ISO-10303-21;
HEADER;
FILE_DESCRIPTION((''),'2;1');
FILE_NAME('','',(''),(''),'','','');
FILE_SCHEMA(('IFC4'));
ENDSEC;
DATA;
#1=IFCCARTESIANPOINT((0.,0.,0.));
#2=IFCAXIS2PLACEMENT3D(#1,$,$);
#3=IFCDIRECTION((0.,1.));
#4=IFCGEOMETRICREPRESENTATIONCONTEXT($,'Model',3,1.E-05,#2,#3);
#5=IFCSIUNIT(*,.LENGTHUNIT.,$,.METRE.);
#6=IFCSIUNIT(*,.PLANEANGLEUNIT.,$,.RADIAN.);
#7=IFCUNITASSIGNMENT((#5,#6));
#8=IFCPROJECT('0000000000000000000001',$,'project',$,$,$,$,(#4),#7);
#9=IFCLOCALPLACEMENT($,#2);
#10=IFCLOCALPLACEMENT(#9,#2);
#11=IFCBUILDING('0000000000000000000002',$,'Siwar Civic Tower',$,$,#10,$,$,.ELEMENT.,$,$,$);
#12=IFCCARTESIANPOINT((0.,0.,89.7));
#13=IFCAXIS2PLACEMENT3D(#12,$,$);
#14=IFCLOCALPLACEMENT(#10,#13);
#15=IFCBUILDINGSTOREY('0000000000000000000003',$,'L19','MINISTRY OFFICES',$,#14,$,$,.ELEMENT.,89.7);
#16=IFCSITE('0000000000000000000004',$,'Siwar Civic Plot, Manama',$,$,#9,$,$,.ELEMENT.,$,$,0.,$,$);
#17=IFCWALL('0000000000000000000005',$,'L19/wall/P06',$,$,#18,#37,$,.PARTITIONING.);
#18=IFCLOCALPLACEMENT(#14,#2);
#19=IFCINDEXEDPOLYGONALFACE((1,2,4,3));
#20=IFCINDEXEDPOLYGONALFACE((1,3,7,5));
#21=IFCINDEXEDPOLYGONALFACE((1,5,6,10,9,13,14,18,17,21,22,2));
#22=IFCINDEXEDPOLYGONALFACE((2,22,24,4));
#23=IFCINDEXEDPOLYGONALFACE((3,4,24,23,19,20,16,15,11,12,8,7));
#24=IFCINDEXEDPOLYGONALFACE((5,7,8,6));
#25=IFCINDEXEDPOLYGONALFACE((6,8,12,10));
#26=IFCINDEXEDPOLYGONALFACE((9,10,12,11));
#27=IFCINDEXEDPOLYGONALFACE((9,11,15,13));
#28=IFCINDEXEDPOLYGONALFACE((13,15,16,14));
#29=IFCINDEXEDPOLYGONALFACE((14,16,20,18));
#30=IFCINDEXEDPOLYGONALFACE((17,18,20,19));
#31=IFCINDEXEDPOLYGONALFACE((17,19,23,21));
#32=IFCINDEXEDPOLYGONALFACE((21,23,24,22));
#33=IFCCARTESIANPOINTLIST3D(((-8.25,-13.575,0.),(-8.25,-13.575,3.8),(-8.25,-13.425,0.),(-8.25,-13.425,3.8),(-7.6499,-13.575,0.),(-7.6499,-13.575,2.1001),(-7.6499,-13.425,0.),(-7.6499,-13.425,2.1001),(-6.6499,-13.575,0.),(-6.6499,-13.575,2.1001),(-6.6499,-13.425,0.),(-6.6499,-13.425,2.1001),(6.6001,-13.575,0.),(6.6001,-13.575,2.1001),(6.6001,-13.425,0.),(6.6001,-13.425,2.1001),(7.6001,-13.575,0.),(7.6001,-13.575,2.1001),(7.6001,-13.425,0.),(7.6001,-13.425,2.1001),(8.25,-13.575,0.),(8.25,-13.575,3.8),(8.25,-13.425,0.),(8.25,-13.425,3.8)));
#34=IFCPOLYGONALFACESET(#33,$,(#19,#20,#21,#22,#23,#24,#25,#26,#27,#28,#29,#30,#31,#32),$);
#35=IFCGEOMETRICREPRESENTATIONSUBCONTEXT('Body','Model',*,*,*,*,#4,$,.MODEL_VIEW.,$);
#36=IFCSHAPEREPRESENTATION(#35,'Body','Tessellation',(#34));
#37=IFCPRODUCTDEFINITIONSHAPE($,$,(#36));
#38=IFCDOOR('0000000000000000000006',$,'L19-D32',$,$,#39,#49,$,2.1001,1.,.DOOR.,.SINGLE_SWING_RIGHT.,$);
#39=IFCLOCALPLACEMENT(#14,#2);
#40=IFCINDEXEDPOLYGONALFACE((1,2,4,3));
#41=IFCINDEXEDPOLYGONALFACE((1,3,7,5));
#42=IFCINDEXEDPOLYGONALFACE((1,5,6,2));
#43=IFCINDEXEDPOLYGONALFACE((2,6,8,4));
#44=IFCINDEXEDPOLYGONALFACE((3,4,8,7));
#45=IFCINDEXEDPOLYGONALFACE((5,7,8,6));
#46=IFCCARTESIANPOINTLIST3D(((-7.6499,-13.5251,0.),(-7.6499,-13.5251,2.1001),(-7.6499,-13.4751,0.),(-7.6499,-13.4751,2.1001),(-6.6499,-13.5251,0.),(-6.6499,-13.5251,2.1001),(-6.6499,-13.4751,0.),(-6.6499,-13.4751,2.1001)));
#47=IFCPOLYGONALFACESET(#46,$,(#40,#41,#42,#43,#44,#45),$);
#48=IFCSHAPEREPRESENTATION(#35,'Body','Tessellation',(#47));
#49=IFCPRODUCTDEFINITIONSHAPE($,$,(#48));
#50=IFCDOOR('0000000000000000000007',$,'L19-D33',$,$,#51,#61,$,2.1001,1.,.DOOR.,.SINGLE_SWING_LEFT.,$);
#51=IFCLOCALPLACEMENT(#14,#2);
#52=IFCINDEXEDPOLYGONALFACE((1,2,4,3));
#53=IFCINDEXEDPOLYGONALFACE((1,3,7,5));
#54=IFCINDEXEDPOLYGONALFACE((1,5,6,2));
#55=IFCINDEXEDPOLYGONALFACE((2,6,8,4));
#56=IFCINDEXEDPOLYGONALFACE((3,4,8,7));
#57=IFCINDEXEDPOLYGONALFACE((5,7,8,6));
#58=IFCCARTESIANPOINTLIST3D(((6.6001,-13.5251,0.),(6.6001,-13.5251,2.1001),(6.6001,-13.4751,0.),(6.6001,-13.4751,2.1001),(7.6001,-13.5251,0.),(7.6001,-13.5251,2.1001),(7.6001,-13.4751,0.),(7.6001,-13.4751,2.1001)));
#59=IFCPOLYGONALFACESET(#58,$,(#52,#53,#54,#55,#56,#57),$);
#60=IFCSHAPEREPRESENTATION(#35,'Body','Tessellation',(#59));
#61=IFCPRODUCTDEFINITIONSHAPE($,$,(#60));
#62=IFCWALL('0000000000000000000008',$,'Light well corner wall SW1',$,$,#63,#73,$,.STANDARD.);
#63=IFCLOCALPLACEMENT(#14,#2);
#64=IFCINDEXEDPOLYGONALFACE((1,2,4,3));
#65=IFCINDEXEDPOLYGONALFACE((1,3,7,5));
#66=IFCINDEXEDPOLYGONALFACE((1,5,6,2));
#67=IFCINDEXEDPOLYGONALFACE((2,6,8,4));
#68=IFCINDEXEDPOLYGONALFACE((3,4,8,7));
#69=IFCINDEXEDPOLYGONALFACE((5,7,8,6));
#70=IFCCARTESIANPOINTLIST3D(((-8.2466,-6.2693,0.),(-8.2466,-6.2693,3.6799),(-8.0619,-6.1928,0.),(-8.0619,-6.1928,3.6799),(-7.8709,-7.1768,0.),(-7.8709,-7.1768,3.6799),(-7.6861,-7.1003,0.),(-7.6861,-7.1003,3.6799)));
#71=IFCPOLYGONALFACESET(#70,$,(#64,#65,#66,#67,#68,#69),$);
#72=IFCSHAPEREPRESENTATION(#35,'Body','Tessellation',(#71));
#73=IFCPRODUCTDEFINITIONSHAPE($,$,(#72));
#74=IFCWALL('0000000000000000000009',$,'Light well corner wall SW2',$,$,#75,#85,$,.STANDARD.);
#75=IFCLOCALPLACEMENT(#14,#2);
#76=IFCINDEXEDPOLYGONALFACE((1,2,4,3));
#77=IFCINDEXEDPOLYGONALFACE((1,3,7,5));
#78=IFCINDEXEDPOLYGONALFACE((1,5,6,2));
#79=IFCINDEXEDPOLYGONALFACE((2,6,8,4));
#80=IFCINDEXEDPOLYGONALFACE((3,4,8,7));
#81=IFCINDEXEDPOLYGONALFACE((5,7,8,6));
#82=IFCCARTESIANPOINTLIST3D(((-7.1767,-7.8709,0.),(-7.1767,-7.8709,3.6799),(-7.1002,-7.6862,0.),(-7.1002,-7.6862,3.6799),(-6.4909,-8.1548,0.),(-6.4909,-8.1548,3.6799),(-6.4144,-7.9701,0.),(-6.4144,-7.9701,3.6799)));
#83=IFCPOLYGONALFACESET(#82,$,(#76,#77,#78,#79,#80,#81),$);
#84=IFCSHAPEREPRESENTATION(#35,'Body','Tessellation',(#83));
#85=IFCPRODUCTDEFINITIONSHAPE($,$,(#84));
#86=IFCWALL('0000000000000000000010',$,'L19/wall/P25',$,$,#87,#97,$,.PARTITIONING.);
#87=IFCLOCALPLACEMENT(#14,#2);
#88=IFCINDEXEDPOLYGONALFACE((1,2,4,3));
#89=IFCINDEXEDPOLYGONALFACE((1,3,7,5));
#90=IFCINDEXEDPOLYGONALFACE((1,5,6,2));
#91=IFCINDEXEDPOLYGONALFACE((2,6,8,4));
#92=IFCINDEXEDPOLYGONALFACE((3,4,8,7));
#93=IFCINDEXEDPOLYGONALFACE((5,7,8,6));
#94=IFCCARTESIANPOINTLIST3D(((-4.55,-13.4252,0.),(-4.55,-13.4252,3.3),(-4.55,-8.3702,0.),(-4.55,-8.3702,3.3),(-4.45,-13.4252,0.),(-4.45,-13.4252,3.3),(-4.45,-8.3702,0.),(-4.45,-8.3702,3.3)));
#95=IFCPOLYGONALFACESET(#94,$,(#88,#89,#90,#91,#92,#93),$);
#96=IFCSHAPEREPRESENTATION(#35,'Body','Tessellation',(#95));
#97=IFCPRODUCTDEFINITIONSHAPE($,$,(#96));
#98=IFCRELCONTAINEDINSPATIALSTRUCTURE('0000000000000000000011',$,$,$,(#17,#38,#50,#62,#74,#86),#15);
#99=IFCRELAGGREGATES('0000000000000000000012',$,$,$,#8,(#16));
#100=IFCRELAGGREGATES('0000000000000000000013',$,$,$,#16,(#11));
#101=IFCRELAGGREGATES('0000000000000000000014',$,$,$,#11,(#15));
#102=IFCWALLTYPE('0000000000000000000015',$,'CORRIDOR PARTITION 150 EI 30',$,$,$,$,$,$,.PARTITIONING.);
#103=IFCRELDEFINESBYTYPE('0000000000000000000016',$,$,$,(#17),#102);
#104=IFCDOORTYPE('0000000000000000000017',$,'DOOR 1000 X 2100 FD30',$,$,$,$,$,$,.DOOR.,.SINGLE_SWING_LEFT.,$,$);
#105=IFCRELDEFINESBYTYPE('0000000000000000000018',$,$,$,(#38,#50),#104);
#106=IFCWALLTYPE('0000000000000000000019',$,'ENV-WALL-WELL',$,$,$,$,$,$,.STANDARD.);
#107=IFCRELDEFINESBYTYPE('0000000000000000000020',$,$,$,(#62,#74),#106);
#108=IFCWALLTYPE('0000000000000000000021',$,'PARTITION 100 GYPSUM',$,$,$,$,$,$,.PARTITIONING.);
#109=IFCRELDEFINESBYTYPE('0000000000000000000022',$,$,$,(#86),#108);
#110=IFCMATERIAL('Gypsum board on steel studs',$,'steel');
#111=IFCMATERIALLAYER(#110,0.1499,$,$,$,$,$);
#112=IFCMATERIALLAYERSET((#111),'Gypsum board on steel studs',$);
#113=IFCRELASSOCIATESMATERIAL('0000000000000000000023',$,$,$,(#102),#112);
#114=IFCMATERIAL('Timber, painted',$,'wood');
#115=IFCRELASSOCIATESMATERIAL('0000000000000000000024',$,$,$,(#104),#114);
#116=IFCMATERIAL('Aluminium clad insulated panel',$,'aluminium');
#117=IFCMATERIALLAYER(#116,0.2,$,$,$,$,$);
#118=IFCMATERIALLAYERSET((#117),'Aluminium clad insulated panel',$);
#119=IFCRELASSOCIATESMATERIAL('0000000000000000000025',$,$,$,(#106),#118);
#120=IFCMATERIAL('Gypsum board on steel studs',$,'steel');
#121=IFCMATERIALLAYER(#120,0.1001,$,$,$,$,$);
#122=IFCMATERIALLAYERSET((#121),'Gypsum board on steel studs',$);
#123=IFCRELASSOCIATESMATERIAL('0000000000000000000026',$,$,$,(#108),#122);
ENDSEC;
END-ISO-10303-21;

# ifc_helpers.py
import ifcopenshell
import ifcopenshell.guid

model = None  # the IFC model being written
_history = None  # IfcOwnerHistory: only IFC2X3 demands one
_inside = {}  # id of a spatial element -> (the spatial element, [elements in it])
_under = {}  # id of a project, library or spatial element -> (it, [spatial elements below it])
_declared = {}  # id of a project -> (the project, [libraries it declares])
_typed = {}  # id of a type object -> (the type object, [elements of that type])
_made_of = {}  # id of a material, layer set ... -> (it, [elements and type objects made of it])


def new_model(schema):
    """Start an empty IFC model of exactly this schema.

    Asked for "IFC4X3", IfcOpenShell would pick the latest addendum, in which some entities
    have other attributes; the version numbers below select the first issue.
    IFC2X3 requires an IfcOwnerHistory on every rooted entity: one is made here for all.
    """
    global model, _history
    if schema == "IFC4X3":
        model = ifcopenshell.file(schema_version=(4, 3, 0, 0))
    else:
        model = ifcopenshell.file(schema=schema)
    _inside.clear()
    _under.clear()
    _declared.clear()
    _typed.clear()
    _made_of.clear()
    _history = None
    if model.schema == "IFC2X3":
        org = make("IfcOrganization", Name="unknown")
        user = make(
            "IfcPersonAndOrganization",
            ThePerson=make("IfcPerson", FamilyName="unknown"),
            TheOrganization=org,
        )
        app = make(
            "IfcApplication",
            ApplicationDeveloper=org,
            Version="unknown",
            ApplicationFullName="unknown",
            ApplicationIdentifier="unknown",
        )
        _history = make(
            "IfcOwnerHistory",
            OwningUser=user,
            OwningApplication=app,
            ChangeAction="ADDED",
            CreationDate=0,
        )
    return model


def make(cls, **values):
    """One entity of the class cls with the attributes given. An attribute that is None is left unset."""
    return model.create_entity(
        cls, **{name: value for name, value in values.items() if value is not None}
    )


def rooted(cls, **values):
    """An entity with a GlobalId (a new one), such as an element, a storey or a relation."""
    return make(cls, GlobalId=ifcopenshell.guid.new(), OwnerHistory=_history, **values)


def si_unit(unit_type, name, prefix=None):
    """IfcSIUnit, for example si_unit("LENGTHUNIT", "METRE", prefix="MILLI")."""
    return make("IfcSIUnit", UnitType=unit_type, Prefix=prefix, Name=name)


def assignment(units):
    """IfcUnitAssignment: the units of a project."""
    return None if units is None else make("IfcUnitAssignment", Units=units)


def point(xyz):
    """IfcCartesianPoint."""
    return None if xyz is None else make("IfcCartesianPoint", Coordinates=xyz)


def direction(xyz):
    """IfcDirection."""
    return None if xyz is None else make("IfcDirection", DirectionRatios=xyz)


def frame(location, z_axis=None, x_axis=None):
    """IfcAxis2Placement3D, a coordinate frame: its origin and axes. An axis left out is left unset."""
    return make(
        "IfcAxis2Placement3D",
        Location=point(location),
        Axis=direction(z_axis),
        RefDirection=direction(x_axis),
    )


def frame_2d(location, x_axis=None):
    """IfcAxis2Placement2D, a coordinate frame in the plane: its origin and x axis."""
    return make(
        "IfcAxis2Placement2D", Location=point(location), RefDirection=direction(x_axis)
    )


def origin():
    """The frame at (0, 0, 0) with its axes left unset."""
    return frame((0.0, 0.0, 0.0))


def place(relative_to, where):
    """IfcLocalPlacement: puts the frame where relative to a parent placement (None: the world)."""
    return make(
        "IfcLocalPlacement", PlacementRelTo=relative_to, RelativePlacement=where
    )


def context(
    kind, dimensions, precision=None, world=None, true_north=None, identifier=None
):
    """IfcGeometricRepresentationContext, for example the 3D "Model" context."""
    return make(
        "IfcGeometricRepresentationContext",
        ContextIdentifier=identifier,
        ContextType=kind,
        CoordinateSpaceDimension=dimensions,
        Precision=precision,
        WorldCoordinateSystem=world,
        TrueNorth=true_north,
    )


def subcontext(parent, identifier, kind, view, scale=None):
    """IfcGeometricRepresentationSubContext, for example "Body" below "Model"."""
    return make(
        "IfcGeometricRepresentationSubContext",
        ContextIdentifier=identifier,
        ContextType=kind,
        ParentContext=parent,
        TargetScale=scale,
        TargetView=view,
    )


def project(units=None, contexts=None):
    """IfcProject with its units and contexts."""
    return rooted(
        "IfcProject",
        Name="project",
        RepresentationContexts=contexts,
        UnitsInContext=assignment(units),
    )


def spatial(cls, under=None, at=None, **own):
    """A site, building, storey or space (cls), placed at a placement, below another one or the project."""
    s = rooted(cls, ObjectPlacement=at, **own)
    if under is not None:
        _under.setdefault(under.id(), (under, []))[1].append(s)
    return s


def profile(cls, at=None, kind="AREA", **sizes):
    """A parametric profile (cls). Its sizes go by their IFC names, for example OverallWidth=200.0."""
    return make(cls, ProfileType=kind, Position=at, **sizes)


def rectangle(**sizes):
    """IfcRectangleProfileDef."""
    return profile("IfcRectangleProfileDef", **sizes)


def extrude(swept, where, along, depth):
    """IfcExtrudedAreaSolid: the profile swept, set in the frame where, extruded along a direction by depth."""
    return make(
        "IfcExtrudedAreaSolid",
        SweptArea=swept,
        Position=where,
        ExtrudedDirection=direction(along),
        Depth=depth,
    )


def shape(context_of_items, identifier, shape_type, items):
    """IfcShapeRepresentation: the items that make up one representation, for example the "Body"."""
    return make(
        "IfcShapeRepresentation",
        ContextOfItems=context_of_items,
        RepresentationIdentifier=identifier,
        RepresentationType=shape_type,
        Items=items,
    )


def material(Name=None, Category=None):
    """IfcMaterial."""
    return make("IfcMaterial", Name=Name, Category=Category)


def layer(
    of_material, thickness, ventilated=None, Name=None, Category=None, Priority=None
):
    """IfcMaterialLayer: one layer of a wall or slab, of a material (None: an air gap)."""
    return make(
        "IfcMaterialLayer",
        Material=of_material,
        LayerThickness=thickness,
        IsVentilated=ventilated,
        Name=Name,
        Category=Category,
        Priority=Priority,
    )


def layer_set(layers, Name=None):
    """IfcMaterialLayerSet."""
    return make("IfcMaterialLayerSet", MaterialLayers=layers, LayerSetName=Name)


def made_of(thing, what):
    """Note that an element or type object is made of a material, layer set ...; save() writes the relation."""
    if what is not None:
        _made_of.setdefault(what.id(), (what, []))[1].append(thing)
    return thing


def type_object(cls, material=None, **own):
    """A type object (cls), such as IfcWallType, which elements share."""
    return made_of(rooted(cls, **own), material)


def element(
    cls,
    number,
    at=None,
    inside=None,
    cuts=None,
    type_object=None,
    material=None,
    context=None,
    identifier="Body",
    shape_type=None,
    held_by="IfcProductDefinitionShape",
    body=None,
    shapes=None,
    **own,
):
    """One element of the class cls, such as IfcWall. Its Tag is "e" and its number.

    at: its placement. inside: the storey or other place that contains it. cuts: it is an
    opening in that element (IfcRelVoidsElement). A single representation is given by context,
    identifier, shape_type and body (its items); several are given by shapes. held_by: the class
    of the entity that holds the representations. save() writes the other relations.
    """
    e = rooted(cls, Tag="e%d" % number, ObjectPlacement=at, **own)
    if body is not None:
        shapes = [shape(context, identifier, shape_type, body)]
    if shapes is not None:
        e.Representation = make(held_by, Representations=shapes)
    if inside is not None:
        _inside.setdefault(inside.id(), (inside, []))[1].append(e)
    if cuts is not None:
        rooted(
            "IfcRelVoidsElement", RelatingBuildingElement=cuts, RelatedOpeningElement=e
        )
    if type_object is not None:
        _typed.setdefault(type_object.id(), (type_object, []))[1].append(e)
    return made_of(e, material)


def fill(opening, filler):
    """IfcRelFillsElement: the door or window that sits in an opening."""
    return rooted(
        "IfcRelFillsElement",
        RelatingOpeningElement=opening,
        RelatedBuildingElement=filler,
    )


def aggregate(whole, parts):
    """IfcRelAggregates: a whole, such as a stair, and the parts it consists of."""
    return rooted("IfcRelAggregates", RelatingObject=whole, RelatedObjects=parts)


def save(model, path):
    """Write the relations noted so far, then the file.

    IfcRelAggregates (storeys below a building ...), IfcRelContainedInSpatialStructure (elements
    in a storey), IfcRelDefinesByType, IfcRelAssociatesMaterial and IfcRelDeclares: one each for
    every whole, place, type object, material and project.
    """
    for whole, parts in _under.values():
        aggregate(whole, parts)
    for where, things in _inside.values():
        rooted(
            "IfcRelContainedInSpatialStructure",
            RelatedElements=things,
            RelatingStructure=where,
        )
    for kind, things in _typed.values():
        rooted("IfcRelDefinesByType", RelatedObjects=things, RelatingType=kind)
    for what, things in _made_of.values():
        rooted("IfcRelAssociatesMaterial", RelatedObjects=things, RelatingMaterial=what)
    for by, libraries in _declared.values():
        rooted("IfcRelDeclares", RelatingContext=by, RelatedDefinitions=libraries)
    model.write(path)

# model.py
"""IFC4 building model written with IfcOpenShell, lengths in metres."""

from ifc_helpers import new_model, si_unit, direction, frame, frame_2d, origin, place, context, subcontext, project, spatial, rectangle, extrude, material, layer, layer_set, type_object, element, fill, save


model = new_model("IFC4")

# Units and contexts
model_context = context("Model", 3, precision=1e-05, world=origin(), true_north=direction((0.0, 1.0)))
body_context = subcontext(model_context, "Body", "Model", "MODEL_VIEW")
ifc_project = project(units=[si_unit("LENGTHUNIT", "METRE"), si_unit("PLANEANGLEUNIT", "RADIAN")], contexts=[model_context])

# Site, building, storey
site_placement = place(None, origin())
site = spatial("IfcSite", under=ifc_project, at=site_placement, Name="Siwar Civic Plot, Manama", CompositionType="ELEMENT", RefElevation=0.0)
building_placement = place(site_placement, origin())
building = spatial("IfcBuilding", under=site, at=building_placement, Name="Siwar Civic Tower", CompositionType="ELEMENT")
storey_placement = place(building_placement, frame((0.0, 0.0, 89.7)))
storey = spatial("IfcBuildingStorey", under=building, at=storey_placement, Name="L19", Description="MINISTRY OFFICES", CompositionType="ELEMENT", Elevation=89.7)

# Wall, openings, doors
ifc_material_1 = material(Name="Gypsum board on steel studs", Category="steel")
ifc_layer_1 = layer(ifc_material_1, 0.1499)
ifc_layer_set_1 = layer_set([ifc_layer_1], Name="Gypsum board on steel studs")
wall_type_1 = type_object("IfcWallType", Name="CORRIDOR PARTITION 150 EI 30", PredefinedType="PARTITIONING", material=ifc_layer_set_1)
wall_1_placement = place(storey_placement, frame((-8.25, -13.5, 0.0), z_axis=(0.0, 0.0, 1.0), x_axis=(1.0, 0.0, 0.0)))
wall_1 = element("IfcWall", 1, at=wall_1_placement, inside=storey, type_object=wall_type_1, Name="L19/wall/P06", PredefinedType="PARTITIONING", context=body_context, shape_type="SweptSolid", body=[
    extrude(rectangle(XDim=16.5, YDim=0.1499, at=frame_2d((8.25, 0.0))), origin(), (0.0, 0.0, 1.0), 3.8),
])
opening_1_placement = place(wall_1_placement, frame((0.6001, 0.0, 0.0)))
opening_1 = element("IfcOpeningElement", 2, at=opening_1_placement, cuts=wall_1, PredefinedType="OPENING", context=body_context, shape_type="SweptSolid", body=[
    extrude(rectangle(XDim=1.0, YDim=2.1001, at=frame_2d((0.5, 1.05))), frame((0.0, 0.085, 0.0), z_axis=(0.0, -1.0, 0.0), x_axis=(1.0, 0.0, 0.0)), (0.0, 0.0, 1.0), 0.1699),
])
opening_2_placement = place(wall_1_placement, frame((14.8501, 0.0, 0.0)))
opening_2 = element("IfcOpeningElement", 3, at=opening_2_placement, cuts=wall_1, PredefinedType="OPENING", context=body_context, shape_type="SweptSolid", body=[
    extrude(rectangle(XDim=1.0, YDim=2.1001, at=frame_2d((0.5, 1.05))), frame((0.0, 0.085, 0.0), z_axis=(0.0, -1.0, 0.0), x_axis=(1.0, 0.0, 0.0)), (0.0, 0.0, 1.0), 0.1699),
])
ifc_material_2 = material(Name="Timber, painted", Category="wood")
door_type = type_object("IfcDoorType", Name="DOOR 1000 X 2100 FD30", OperationType="SINGLE_SWING_LEFT", PredefinedType="DOOR", material=ifc_material_2)
door_1_placement = place(opening_1_placement, origin())
door_1 = element("IfcDoor", 4, at=door_1_placement, inside=storey, type_object=door_type, Name="L19-D32", OperationType="SINGLE_SWING_RIGHT", OverallHeight=2.1001, OverallWidth=1.0, PredefinedType="DOOR", context=body_context, shape_type="SweptSolid", body=[
    extrude(rectangle(XDim=1.0, YDim=2.1001, at=frame_2d((0.5, 1.05))), frame((0.0, 0.0249, 0.0), z_axis=(0.0, -1.0, 0.0), x_axis=(1.0, 0.0, 0.0)), (0.0, 0.0, 1.0), 0.05),
])
fill(opening_1, door_1)
door_2_placement = place(opening_2_placement, origin())
door_2 = element("IfcDoor", 5, at=door_2_placement, inside=storey, type_object=door_type, Name="L19-D33", OperationType="SINGLE_SWING_LEFT", OverallHeight=2.1001, OverallWidth=1.0, PredefinedType="DOOR", context=body_context, shape_type="SweptSolid", body=[
    extrude(rectangle(XDim=1.0, YDim=2.1001, at=frame_2d((0.5, 1.05))), frame((0.0, 0.0249, 0.0), z_axis=(0.0, -1.0, 0.0), x_axis=(1.0, 0.0, 0.0)), (0.0, 0.0, 1.0), 0.05),
])
fill(opening_2, door_2)

# Walls
ifc_material_3 = material(Name="Aluminium clad insulated panel", Category="aluminium")
ifc_layer_2 = layer(ifc_material_3, 0.2)
ifc_layer_set_2 = layer_set([ifc_layer_2], Name="Aluminium clad insulated panel")
wall_type_2 = type_object("IfcWallType", Name="ENV-WALL-WELL", PredefinedType="STANDARD", material=ifc_layer_set_2)
wall_2_placement = place(storey_placement, frame((-8.1543, -6.231, 0.0), z_axis=(0.0, 0.0, 1.0), x_axis=(0.382549, -0.923935, 0.0)))
element("IfcWall", 6, at=wall_2_placement, inside=storey, type_object=wall_type_2, Name="Light well corner wall SW1", PredefinedType="STANDARD", context=body_context, shape_type="SweptSolid", body=[
    extrude(rectangle(XDim=0.9822, YDim=0.2, at=frame_2d((0.4912, 0.0))), origin(), (0.0, 0.0, 1.0), 3.6799),
])
wall_3_placement = place(storey_placement, frame((-7.1384, -7.7786, 0.0), z_axis=(0.0, 0.0, 1.0), x_axis=(0.923941, -0.382536, 0.0)))
element("IfcWall", 7, at=wall_3_placement, inside=storey, type_object=wall_type_2, Name="Light well corner wall SW2", PredefinedType="STANDARD", context=body_context, shape_type="SweptSolid", body=[
    extrude(rectangle(XDim=0.7422, YDim=0.2, at=frame_2d((0.3711, 0.0))), origin(), (0.0, 0.0, 1.0), 3.6799),
])
ifc_material_4 = material(Name="Gypsum board on steel studs", Category="steel")
ifc_layer_3 = layer(ifc_material_4, 0.1001)
ifc_layer_set_3 = layer_set([ifc_layer_3], Name="Gypsum board on steel studs")
wall_type_3 = type_object("IfcWallType", Name="PARTITION 100 GYPSUM", PredefinedType="PARTITIONING", material=ifc_layer_set_3)
wall_4_placement = place(storey_placement, frame((-4.5, -13.425, 0.0), z_axis=(0.0, 0.0, 1.0), x_axis=(0.0, 1.0, 0.0)))
element("IfcWall", 8, at=wall_4_placement, inside=storey, type_object=wall_type_3, Name="L19/wall/P25", PredefinedType="PARTITIONING", context=body_context, shape_type="SweptSolid", body=[
    extrude(rectangle(XDim=5.0549, YDim=0.1001, at=frame_2d((2.5273, 0.0))), origin(), (0.0, 0.0, 1.0), 3.3),
])

save(model, "model.ifc")
